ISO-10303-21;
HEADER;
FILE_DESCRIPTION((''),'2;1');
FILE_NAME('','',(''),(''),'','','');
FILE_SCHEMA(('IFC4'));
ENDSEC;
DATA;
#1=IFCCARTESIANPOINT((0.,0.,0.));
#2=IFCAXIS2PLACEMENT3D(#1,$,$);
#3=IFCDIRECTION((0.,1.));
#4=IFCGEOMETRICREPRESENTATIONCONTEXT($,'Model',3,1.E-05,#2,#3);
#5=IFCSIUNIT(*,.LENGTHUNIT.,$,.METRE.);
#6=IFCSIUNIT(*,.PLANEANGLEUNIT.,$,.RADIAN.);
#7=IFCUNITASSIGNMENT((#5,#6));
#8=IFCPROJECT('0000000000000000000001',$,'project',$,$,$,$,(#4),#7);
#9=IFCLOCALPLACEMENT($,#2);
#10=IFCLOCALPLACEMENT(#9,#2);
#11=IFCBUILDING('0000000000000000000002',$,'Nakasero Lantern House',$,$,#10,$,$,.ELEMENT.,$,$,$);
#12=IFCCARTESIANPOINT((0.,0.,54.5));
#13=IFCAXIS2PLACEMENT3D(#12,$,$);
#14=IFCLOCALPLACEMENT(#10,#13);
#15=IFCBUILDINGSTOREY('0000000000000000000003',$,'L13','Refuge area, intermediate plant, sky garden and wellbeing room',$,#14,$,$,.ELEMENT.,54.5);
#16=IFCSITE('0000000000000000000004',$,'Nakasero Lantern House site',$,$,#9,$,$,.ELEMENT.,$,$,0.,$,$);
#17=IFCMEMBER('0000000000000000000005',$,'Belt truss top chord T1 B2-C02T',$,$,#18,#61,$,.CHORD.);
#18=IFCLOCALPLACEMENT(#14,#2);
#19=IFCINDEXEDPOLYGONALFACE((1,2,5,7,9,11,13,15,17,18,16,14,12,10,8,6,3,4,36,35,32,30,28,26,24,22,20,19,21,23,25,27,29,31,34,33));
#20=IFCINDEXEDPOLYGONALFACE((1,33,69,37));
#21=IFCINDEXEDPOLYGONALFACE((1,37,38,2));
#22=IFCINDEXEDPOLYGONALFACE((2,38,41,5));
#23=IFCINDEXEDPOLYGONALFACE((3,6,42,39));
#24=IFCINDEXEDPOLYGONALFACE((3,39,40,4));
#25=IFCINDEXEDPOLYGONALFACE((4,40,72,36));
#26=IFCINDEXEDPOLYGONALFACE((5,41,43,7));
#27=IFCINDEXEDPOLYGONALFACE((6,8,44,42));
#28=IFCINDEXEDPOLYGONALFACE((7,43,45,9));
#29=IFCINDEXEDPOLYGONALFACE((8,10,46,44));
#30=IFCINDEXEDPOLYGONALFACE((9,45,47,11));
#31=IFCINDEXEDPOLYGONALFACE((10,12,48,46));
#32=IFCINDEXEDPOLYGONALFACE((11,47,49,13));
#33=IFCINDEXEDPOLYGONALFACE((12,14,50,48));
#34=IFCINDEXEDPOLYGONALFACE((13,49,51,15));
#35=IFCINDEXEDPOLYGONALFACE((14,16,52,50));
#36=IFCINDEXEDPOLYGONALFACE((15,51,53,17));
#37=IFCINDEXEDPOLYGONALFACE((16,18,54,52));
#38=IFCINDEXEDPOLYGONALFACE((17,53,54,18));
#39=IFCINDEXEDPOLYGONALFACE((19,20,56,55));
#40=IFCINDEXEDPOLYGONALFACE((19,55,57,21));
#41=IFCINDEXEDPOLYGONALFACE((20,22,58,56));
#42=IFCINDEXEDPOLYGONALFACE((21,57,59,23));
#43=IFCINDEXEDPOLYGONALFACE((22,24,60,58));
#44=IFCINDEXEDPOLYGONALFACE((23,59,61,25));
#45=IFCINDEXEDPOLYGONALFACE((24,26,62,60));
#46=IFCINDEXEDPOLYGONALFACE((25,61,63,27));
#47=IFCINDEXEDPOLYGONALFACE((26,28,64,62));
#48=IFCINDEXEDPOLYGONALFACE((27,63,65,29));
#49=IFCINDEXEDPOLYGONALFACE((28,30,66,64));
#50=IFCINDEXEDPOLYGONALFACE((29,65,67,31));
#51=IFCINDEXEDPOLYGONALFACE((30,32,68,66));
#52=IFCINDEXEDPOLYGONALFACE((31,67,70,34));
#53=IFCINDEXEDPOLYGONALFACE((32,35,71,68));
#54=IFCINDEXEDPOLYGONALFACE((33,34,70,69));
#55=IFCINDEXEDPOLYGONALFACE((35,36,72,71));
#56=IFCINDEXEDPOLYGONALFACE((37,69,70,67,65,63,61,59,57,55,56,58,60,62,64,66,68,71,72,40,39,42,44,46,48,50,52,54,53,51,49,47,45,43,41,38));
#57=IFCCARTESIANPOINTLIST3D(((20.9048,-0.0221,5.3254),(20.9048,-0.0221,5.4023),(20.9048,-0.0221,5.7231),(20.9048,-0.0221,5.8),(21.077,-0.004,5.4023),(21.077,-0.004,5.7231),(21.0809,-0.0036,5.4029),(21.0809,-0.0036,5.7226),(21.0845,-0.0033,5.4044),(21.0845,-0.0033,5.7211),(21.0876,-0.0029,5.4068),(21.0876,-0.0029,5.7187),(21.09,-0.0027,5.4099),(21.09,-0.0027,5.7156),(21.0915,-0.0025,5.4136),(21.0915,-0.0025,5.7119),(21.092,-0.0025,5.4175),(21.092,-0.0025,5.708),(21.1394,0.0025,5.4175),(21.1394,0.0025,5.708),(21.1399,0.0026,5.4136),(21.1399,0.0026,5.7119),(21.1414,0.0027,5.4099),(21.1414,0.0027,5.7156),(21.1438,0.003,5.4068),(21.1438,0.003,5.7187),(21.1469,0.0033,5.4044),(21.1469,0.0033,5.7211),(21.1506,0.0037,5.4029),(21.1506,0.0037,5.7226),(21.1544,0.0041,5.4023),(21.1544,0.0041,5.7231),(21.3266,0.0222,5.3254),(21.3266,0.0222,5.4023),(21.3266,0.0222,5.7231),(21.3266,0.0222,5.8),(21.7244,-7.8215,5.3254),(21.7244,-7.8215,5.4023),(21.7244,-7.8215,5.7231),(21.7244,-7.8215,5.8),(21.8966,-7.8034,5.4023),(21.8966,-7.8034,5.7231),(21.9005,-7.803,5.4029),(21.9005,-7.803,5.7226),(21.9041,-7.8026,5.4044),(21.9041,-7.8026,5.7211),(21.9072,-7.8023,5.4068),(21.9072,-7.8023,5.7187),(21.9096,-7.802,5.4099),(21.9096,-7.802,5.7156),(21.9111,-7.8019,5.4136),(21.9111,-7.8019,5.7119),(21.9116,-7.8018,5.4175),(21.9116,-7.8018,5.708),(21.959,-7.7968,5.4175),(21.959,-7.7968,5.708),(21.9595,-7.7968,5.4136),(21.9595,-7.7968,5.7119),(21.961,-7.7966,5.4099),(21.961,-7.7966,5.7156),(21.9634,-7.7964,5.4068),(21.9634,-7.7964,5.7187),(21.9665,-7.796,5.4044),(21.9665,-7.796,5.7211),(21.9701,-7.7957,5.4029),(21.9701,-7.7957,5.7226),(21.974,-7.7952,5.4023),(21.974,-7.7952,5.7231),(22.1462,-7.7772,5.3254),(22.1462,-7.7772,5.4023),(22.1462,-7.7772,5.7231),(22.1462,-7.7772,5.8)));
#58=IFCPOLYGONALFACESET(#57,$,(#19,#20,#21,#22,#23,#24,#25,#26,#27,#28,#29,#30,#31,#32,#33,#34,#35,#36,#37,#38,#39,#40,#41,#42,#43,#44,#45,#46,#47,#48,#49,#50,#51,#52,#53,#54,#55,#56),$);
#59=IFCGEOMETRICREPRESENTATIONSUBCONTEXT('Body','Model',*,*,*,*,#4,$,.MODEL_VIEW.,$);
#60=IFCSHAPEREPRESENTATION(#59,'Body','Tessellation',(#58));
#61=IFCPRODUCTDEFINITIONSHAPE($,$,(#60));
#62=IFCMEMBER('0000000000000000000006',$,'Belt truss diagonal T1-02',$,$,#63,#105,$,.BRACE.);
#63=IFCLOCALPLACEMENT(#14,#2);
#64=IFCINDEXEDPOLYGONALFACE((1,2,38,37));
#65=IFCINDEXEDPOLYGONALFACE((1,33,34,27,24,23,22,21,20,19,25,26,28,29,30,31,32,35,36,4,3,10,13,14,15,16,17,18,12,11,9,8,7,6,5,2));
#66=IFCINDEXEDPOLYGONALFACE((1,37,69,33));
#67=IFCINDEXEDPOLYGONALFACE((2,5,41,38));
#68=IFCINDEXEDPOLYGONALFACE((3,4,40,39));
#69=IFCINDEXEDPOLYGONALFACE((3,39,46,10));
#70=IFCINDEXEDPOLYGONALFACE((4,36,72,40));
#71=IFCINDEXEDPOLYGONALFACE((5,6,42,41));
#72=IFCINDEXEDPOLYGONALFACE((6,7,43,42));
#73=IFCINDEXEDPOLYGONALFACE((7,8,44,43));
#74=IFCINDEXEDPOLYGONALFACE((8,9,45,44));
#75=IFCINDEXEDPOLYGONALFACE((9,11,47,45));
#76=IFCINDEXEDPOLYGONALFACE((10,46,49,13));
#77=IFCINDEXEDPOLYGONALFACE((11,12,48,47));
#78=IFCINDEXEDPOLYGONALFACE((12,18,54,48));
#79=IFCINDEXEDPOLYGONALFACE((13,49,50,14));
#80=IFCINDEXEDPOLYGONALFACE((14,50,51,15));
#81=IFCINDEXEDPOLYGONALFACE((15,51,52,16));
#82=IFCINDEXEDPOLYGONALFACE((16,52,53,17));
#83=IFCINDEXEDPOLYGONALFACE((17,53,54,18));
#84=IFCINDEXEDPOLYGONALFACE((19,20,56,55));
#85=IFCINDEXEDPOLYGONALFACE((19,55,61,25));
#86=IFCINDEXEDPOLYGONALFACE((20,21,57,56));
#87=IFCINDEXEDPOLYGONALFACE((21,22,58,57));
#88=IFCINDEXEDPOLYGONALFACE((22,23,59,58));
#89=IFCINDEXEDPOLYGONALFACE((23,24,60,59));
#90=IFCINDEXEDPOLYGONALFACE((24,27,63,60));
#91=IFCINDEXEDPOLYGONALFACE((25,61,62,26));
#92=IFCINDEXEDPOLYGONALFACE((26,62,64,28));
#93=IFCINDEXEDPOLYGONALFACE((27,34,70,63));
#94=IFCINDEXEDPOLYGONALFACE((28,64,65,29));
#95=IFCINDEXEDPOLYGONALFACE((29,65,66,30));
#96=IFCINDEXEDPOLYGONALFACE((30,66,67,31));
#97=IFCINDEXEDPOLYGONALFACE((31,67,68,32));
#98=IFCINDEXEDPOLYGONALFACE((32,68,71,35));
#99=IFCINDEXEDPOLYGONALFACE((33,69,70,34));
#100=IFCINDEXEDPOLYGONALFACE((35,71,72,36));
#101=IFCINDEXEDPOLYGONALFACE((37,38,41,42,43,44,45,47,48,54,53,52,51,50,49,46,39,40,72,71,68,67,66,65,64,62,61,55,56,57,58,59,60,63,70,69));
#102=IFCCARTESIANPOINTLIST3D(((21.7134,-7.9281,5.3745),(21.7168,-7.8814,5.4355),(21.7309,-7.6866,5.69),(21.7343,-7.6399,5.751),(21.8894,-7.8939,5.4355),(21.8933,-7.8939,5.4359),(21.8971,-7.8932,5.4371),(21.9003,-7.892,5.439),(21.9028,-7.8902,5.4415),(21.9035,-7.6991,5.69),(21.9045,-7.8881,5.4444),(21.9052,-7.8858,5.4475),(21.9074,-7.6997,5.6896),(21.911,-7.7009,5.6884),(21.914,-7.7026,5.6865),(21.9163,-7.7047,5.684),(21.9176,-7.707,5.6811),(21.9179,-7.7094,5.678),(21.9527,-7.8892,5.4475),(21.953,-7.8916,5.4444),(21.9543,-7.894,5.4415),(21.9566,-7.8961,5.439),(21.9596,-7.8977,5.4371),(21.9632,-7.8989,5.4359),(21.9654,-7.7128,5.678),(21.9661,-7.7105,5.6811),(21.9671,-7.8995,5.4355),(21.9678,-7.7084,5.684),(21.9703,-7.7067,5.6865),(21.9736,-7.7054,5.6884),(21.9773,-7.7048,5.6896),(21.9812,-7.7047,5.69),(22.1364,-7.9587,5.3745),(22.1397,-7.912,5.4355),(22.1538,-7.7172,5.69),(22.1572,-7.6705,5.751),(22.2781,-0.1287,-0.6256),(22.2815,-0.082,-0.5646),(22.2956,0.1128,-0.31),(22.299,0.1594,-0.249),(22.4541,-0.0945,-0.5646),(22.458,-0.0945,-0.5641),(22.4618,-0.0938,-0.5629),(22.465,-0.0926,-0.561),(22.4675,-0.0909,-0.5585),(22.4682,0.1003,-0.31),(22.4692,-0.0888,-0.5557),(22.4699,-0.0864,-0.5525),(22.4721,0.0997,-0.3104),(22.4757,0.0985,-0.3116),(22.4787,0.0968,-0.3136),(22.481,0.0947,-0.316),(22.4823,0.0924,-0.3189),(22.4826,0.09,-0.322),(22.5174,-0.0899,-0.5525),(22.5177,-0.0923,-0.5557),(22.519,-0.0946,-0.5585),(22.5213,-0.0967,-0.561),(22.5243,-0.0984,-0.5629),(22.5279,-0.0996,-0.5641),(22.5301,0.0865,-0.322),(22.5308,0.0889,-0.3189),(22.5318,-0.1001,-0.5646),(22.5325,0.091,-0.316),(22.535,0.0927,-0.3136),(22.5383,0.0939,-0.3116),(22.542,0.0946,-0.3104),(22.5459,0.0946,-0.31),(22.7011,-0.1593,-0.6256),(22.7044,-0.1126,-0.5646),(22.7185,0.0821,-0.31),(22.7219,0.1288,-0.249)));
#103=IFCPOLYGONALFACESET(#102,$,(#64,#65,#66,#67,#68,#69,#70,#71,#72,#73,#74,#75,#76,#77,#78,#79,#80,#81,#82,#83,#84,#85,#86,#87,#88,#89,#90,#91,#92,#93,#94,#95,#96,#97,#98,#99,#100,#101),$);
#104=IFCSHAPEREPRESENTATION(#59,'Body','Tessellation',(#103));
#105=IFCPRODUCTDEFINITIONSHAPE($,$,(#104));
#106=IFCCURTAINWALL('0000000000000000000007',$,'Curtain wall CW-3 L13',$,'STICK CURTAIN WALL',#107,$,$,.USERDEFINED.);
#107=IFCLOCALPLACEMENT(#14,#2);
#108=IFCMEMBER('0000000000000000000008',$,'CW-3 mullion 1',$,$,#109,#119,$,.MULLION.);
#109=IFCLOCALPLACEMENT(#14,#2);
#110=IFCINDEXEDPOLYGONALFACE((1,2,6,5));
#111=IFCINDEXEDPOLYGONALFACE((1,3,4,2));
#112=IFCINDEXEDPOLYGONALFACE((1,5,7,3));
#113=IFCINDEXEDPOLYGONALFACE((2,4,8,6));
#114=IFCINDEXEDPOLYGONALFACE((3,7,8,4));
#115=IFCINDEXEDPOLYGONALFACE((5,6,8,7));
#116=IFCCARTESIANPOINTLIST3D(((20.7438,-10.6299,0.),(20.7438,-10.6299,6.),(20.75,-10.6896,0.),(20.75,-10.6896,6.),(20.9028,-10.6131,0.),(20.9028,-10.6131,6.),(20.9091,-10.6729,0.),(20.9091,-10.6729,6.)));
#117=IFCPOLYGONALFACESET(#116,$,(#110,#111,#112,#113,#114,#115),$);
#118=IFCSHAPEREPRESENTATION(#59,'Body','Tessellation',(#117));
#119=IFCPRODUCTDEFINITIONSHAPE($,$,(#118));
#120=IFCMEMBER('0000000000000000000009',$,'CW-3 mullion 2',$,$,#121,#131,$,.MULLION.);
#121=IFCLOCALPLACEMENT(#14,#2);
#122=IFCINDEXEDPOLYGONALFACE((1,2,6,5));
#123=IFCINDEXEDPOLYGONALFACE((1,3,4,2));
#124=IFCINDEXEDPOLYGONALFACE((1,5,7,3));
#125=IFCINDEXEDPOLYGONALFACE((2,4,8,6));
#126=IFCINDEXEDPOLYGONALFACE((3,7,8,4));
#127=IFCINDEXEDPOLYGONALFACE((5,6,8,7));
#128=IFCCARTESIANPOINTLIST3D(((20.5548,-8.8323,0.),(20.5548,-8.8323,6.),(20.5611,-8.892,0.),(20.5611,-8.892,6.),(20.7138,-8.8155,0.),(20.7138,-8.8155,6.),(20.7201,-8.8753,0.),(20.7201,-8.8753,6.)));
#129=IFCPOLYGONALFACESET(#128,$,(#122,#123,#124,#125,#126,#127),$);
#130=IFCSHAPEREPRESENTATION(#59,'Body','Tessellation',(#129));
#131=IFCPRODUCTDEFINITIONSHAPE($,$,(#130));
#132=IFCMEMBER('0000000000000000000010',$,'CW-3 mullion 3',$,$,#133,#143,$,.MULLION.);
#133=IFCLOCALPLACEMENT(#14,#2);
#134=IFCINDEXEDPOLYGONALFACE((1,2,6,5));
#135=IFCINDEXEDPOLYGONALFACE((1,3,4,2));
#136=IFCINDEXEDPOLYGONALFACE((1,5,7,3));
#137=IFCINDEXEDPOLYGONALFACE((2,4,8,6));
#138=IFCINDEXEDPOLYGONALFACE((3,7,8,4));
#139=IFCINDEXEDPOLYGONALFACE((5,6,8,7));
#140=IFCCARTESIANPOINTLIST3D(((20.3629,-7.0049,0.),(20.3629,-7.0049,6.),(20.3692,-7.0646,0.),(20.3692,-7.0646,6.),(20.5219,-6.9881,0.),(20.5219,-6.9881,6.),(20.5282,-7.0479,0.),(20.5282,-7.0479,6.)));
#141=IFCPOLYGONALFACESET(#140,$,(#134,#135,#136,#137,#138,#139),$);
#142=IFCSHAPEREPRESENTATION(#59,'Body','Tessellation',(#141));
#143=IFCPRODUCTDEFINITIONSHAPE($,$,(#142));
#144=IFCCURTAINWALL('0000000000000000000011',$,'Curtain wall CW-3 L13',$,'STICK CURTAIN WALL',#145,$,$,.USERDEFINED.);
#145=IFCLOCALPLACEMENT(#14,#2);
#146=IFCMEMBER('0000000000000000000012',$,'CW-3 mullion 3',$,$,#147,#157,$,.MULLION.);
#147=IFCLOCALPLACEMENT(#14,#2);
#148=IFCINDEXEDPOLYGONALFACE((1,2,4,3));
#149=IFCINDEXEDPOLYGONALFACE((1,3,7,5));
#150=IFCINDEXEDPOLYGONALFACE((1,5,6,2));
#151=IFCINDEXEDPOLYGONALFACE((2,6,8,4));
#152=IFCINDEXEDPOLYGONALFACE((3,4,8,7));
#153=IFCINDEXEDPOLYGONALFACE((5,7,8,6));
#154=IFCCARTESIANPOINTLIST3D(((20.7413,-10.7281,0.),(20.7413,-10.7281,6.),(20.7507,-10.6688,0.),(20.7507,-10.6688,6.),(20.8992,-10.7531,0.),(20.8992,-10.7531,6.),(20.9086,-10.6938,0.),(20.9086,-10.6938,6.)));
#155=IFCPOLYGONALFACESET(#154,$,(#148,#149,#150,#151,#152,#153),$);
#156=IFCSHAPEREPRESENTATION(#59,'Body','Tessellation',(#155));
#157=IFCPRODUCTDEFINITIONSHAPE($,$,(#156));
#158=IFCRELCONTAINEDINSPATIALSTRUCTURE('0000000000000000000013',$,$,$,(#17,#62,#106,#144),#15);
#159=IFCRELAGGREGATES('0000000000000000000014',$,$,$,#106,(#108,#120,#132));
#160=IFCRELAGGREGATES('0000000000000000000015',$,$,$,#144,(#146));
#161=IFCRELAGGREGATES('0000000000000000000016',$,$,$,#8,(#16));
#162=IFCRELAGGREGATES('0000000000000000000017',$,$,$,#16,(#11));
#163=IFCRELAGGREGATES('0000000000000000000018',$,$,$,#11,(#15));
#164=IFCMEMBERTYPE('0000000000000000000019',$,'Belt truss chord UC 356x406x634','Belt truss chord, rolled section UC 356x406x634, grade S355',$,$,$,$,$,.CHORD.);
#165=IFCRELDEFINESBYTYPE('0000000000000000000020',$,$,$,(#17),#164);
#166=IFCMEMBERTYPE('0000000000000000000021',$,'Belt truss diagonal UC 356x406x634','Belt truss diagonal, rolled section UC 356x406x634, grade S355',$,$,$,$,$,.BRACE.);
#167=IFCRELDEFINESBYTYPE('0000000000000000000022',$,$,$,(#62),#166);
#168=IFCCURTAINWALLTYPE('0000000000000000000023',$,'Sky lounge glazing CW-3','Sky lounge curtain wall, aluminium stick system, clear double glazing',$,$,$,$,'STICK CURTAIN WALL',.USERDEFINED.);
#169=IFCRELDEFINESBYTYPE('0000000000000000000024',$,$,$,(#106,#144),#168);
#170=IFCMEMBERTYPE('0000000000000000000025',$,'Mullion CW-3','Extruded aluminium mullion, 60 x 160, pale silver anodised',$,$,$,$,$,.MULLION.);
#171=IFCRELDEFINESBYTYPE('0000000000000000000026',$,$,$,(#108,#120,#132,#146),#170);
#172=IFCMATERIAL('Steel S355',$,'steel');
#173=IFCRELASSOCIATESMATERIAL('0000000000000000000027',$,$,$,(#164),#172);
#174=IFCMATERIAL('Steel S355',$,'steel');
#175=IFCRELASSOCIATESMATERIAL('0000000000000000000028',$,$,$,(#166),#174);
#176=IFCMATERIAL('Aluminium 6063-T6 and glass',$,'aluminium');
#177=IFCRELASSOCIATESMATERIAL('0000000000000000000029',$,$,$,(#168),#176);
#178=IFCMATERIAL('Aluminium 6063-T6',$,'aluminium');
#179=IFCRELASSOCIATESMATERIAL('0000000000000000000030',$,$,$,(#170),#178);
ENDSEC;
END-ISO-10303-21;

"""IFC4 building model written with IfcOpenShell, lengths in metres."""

from ifc_helpers import new_model, si_unit, direction, frame, origin, origin_2d, place, context, subcontext, project, spatial, rectangle, i_section, extrude, material, material_profile, profile_set, type_object, element, aggregate, save


model = new_model("IFC4")

# Units and contexts
model_context = context("Model", 3, precision=1e-05, world=origin(), true_north=direction((0.0, 1.0)))
body_context = subcontext(model_context, "Body", "Model", "MODEL_VIEW")
ifc_project = project(units=[si_unit("LENGTHUNIT", "METRE"), si_unit("PLANEANGLEUNIT", "RADIAN")], contexts=[model_context])

# Site, building, storey
site_placement = place(None, origin())
site = spatial("IfcSite", under=ifc_project, at=site_placement, Name="Nakasero Lantern House site", CompositionType="ELEMENT", RefElevation=0.0)
building_placement = place(site_placement, origin())
building = spatial("IfcBuilding", under=site, at=building_placement, Name="Nakasero Lantern House", CompositionType="ELEMENT")
storey_placement = place(building_placement, frame((0.0, 0.0, 54.5)))
storey = spatial("IfcBuildingStorey", under=building, at=storey_placement, Name="L13", Description="Refuge area, intermediate plant, sky garden and wellbeing room", CompositionType="ELEMENT", Elevation=54.5)

# Members
ifc_material_1 = material(Name="Steel S355", Category="steel")
ifc_material_profile_1 = material_profile(ifc_material_1, i_section(OverallWidth=0.4241, OverallDepth=0.4746, WebThickness=0.0476, FlangeThickness=0.0769, FilletRadius=0.0151, at=origin_2d()), Name="UC 356x406x634")
ifc_profile_set_1 = profile_set([ifc_material_profile_1], Name="Steel S355")
member_type_1 = type_object("IfcMemberType", Name="Belt truss chord UC 356x406x634", Description="Belt truss chord, rolled section UC 356x406x634, grade S355", PredefinedType="CHORD", material=ifc_profile_set_1)
member_1_placement = place(storey_placement, frame((21.9353, -7.7993, 5.5627), z_axis=(-0.104508, 0.994524, 0.0), x_axis=(-0.994524, -0.104508, 0.0)))
element("IfcMember", 1, at=member_1_placement, inside=storey, type_object=member_type_1, Name="Belt truss top chord T1 B2-C02T", PredefinedType="CHORD", context=body_context, shape_type="SweptSolid", body=[
    extrude(i_section(OverallWidth=0.4241, OverallDepth=0.4746, WebThickness=0.0476, FlangeThickness=0.0769, FilletRadius=0.0151, at=origin_2d()), origin(), (0.0, 0.0, 1.0), 7.8423),
])
ifc_material_2 = material(Name="Steel S355", Category="steel")
ifc_material_profile_2 = material_profile(ifc_material_2, i_section(OverallWidth=0.4241, OverallDepth=0.4746, WebThickness=0.0476, FlangeThickness=0.0769, FilletRadius=0.0151, at=origin_2d()), Name="UC 356x406x634")
ifc_profile_set_2 = profile_set([ifc_material_profile_2], Name="Steel S355")
member_type_2 = type_object("IfcMemberType", Name="Belt truss diagonal UC 356x406x634", Description="Belt truss diagonal, rolled section UC 356x406x634, grade S355", PredefinedType="BRACE", material=ifc_profile_set_2)
member_2_placement = place(storey_placement, frame((21.9353, -7.7993, 5.5627), z_axis=(0.057293, 0.791296, -0.608743), x_axis=(-0.997389, 0.072214, 0.0)))
element("IfcMember", 2, at=member_2_placement, inside=storey, type_object=member_type_2, Name="Belt truss diagonal T1-02", PredefinedType="BRACE", context=body_context, shape_type="SweptSolid", body=[
    extrude(i_section(OverallWidth=0.4241, OverallDepth=0.4746, WebThickness=0.0476, FlangeThickness=0.0769, FilletRadius=0.0151, at=origin_2d()), origin(), (0.0, 0.0, 1.0), 9.8564),
])

# Curtain wall, members
ifc_material_3 = material(Name="Aluminium 6063-T6 and glass", Category="aluminium")
curtain_wall_type = type_object("IfcCurtainWallType", Name="Sky lounge glazing CW-3", Description="Sky lounge curtain wall, aluminium stick system, clear double glazing", ElementType="STICK CURTAIN WALL", PredefinedType="USERDEFINED", material=ifc_material_3)
curtain_wall_1_placement = place(storey_placement, origin())
curtain_wall_1 = element("IfcCurtainWall", 3, at=curtain_wall_1_placement, inside=storey, type_object=curtain_wall_type, Name="Curtain wall CW-3 L13", ObjectType="STICK CURTAIN WALL", PredefinedType="USERDEFINED")
ifc_material_4 = material(Name="Aluminium 6063-T6", Category="aluminium")
ifc_material_profile_3 = material_profile(ifc_material_4, rectangle(XDim=0.0601, YDim=0.1599, at=origin_2d()), Name="CW-3 mullion 60x160")
ifc_profile_set_3 = profile_set([ifc_material_profile_3], Name="Aluminium 6063-T6")
member_type_3 = type_object("IfcMemberType", Name="Mullion CW-3", Description="Extruded aluminium mullion, 60 x 160, pale silver anodised", PredefinedType="MULLION", material=ifc_profile_set_3)
member_3_placement = place(storey_placement, frame((20.8264, -10.6514, 0.0), z_axis=(0.0, 0.0, 1.0), x_axis=(-0.104528, 0.994522, 0.0)))
member_3 = element("IfcMember", 4, at=member_3_placement, type_object=member_type_3, Name="CW-3 mullion 1", PredefinedType="MULLION", context=body_context, shape_type="SweptSolid", body=[
    extrude(rectangle(XDim=0.0601, YDim=0.1599, at=origin_2d()), origin(), (0.0, 0.0, 1.0), 6.0),
])
member_4_placement = place(storey_placement, frame((20.6375, -8.8538, 0.0), z_axis=(0.0, 0.0, 1.0), x_axis=(-0.104528, 0.994522, 0.0)))
member_4 = element("IfcMember", 5, at=member_4_placement, type_object=member_type_3, Name="CW-3 mullion 2", PredefinedType="MULLION", context=body_context, shape_type="SweptSolid", body=[
    extrude(rectangle(XDim=0.0601, YDim=0.1599, at=origin_2d()), origin(), (0.0, 0.0, 1.0), 6.0),
])
member_5_placement = place(storey_placement, frame((20.4456, -7.0264, 0.0), z_axis=(0.0, 0.0, 1.0), x_axis=(-0.104528, 0.994522, 0.0)))
member_5 = element("IfcMember", 6, at=member_5_placement, type_object=member_type_3, Name="CW-3 mullion 3", PredefinedType="MULLION", context=body_context, shape_type="SweptSolid", body=[
    extrude(rectangle(XDim=0.0601, YDim=0.1599, at=origin_2d()), origin(), (0.0, 0.0, 1.0), 6.0),
])

# Curtain wall, member
curtain_wall_2_placement = place(storey_placement, origin())
curtain_wall_2 = element("IfcCurtainWall", 7, at=curtain_wall_2_placement, inside=storey, type_object=curtain_wall_type, Name="Curtain wall CW-3 L13", ObjectType="STICK CURTAIN WALL", PredefinedType="USERDEFINED")
member_6_placement = place(storey_placement, frame((20.825, -10.7109, 0.0), z_axis=(0.0, 0.0, 1.0), x_axis=(0.156434, 0.987688, 0.0)))
member_6 = element("IfcMember", 8, at=member_6_placement, type_object=member_type_3, Name="CW-3 mullion 3", PredefinedType="MULLION", context=body_context, shape_type="SweptSolid", body=[
    extrude(rectangle(XDim=0.0601, YDim=0.1599, at=origin_2d()), origin(), (0.0, 0.0, 1.0), 6.0),
])

aggregate(curtain_wall_1, [member_3, member_4, member_5])
aggregate(curtain_wall_2, [member_6])

save(model, "model.ifc")
